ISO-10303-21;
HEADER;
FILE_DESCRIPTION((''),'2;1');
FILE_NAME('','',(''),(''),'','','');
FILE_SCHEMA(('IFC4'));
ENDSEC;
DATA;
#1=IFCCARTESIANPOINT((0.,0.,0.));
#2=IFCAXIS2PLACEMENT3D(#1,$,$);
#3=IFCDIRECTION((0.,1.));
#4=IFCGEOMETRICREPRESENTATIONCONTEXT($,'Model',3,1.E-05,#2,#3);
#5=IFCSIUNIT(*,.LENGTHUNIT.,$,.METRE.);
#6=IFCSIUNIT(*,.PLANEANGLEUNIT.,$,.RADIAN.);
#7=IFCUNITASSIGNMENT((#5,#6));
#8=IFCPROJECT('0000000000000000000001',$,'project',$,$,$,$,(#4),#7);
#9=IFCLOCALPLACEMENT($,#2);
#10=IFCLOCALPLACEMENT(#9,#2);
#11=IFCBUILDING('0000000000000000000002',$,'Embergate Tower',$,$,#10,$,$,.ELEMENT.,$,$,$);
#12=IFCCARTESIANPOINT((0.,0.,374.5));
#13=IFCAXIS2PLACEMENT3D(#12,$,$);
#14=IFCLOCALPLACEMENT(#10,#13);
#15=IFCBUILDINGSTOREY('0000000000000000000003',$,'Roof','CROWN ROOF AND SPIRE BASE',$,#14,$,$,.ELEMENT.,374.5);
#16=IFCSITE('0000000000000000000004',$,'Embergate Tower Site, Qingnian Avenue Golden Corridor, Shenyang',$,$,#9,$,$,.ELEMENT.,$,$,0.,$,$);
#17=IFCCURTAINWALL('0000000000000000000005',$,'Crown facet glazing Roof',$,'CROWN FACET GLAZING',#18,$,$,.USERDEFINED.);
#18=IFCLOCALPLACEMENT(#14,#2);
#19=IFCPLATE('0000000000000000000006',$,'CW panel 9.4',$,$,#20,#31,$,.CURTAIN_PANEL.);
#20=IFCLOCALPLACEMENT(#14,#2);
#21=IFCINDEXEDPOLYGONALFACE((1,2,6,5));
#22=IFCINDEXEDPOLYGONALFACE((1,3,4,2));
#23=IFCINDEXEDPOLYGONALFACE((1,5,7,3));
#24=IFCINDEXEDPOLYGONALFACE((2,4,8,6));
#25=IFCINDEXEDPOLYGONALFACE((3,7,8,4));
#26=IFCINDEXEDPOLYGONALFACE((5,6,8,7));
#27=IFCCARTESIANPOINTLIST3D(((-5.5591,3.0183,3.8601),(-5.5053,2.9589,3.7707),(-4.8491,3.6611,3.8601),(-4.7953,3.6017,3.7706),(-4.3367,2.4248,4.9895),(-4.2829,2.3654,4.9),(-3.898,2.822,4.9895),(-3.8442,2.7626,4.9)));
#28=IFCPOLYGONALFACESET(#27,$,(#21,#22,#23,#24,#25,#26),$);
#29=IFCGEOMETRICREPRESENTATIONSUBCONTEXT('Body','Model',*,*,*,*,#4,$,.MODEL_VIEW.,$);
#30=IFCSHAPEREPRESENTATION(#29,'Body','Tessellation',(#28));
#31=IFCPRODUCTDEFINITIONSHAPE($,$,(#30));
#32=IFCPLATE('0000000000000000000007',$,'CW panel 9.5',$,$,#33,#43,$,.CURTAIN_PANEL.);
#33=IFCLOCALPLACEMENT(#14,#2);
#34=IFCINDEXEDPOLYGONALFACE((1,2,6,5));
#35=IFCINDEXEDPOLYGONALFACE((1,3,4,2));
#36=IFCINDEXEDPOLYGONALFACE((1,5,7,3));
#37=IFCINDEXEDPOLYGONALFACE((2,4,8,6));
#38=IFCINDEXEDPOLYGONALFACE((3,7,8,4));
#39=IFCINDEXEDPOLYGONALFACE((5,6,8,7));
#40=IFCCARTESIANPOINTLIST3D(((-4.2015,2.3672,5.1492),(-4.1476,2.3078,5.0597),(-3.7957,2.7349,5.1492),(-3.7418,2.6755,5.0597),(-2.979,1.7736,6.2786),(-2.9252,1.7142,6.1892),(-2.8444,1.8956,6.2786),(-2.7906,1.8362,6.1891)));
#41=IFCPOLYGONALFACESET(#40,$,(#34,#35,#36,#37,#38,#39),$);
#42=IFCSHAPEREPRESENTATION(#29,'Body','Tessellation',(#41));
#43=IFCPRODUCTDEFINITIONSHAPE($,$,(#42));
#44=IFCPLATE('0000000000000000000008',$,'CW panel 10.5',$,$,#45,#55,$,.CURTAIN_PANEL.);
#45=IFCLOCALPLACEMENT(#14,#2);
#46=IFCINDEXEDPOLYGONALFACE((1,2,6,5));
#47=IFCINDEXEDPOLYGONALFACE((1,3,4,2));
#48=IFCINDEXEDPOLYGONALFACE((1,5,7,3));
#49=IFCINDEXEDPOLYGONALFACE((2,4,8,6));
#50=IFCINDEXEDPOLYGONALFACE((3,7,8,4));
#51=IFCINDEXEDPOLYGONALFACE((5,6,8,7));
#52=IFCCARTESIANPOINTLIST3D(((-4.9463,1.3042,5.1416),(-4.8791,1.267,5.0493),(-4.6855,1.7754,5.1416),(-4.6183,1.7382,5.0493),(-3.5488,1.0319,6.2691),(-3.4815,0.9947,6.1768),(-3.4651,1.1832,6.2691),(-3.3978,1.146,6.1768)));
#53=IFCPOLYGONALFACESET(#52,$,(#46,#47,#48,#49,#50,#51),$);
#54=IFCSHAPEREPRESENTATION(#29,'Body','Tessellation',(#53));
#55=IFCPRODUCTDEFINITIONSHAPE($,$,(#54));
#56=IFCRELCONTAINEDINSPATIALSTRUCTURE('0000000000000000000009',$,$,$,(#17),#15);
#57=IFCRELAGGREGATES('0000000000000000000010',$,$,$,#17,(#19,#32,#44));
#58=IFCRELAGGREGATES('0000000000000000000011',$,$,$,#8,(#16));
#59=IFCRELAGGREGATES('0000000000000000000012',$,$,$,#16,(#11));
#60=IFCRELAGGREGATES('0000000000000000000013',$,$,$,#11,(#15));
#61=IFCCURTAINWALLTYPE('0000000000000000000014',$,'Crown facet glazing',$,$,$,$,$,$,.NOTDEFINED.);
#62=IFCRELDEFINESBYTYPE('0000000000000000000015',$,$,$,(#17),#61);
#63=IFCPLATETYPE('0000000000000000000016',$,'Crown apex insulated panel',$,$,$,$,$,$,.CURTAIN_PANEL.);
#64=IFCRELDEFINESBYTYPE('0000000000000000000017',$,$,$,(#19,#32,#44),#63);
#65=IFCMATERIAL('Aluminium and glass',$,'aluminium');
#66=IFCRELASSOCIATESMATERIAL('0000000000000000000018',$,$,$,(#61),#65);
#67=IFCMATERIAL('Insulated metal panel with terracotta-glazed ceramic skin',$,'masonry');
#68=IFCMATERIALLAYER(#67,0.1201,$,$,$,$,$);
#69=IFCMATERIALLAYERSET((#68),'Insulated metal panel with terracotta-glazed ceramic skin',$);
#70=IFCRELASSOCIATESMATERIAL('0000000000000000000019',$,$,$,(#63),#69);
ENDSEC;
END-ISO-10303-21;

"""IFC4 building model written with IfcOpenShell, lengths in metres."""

from ifc_helpers import new_model, si_unit, direction, frame, origin, place, context, subcontext, project, spatial, polyline, outline, extrude, source, transform, mapped, material, layer, layer_set, type_object, element, aggregate, save


model = new_model("IFC4")

# Units and contexts
model_context = context("Model", 3, precision=1e-05, world=origin(), true_north=direction((0.0, 1.0)))
body_context = subcontext(model_context, "Body", "Model", "MODEL_VIEW")
ifc_project = project(units=[si_unit("LENGTHUNIT", "METRE"), si_unit("PLANEANGLEUNIT", "RADIAN")], contexts=[model_context])

# Site, building, storey
site_placement = place(None, origin())
site = spatial("IfcSite", under=ifc_project, at=site_placement, Name="Embergate Tower Site, Qingnian Avenue Golden Corridor, Shenyang", CompositionType="ELEMENT", RefElevation=0.0)
building_placement = place(site_placement, origin())
building = spatial("IfcBuilding", under=site, at=building_placement, Name="Embergate Tower", CompositionType="ELEMENT")
storey_placement = place(building_placement, frame((0.0, 0.0, 374.5)))
storey = spatial("IfcBuildingStorey", under=building, at=storey_placement, Name="Roof", Description="CROWN ROOF AND SPIRE BASE", CompositionType="ELEMENT", Elevation=374.5)

# Curtain wall, plates
ifc_material_1 = material(Name="Aluminium and glass", Category="aluminium")
curtain_wall_type = type_object("IfcCurtainWallType", Name="Crown facet glazing", PredefinedType="NOTDEFINED", material=ifc_material_1)
curtain_wall_placement = place(storey_placement, origin())
curtain_wall = element("IfcCurtainWall", 1, at=curtain_wall_placement, inside=storey, type_object=curtain_wall_type, Name="Crown facet glazing Roof", ObjectType="CROWN FACET GLAZING", PredefinedType="USERDEFINED")
ifc_material_2 = material(Name="Insulated metal panel with terracotta-glazed ceramic skin", Category="masonry")
ifc_layer = layer(ifc_material_2, 0.1201)
ifc_layer_set = layer_set([ifc_layer], Name="Insulated metal panel with terracotta-glazed ceramic skin")
plate_type = type_object("IfcPlateType", Name="Crown apex insulated panel", PredefinedType="CURTAIN_PANEL", material=ifc_layer_set)
shared_shape_1 = source(origin(), body_context, "Body", "SweptSolid", [
    extrude(outline(polyline([(0.0, 0.0), (0.9578, 0.0), (0.45, 1.6924), (-0.1418, 1.6924), (0.0, 0.0)])), origin(), (0.0, 0.0, -1.0), 0.1201),
])
plate_1_placement = place(storey_placement, frame((-4.8491, 3.6611, 3.8601), z_axis=(-0.447902, 0.49469, 0.744759), x_axis=(-0.74129, -0.671184, 0.000004)))
plate_1 = element("IfcPlate", 2, at=plate_1_placement, type_object=plate_type, Name="CW panel 9.4", PredefinedType="CURTAIN_PANEL", context=body_context, shape_type="MappedRepresentation", body=[
    mapped(shared_shape_1, transform((0.0, 0.0, 0.0))),
])
shared_shape_2 = source(origin(), body_context, "Body", "SweptSolid", [
    extrude(outline(polyline([(0.0, 0.0), (0.5476, 0.0), (0.0403, 1.6926), (-0.1414, 1.6926), (0.0, 0.0)])), origin(), (0.0, 0.0, -1.0), 0.1201),
])
plate_2_placement = place(storey_placement, frame((-3.7957, 2.7349, 5.1492), z_axis=(-0.448024, 0.494502, 0.74481), x_axis=(-0.741049, -0.67145, 0.000035)))
plate_2 = element("IfcPlate", 3, at=plate_2_placement, type_object=plate_type, Name="CW panel 9.5", PredefinedType="CURTAIN_PANEL", context=body_context, shape_type="MappedRepresentation", body=[
    mapped(shared_shape_2, transform((0.0, 0.0, 0.0))),
])
shared_shape_3 = source(origin(), body_context, "Body", "SweptSolid", [
    extrude(outline(polyline([(0.0, 0.0), (0.5386, 0.0), (0.1001, 1.7625), (-0.0728, 1.7625), (0.0, 0.0)])), origin(), (0.0, 0.0, -1.0), 0.1201),
])
plate_3_placement = place(storey_placement, frame((-4.6855, 1.7754, 5.1416), z_axis=(-0.559702, 0.309823, 0.768598), x_axis=(-0.48423, -0.874941, 0.000069)))
plate_3 = element("IfcPlate", 4, at=plate_3_placement, type_object=plate_type, Name="CW panel 10.5", PredefinedType="CURTAIN_PANEL", context=body_context, shape_type="MappedRepresentation", body=[
    mapped(shared_shape_3, transform((0.0, 0.0, 0.0))),
])
aggregate(curtain_wall, [plate_1, plate_2, plate_3])

save(model, "model.ifc")
